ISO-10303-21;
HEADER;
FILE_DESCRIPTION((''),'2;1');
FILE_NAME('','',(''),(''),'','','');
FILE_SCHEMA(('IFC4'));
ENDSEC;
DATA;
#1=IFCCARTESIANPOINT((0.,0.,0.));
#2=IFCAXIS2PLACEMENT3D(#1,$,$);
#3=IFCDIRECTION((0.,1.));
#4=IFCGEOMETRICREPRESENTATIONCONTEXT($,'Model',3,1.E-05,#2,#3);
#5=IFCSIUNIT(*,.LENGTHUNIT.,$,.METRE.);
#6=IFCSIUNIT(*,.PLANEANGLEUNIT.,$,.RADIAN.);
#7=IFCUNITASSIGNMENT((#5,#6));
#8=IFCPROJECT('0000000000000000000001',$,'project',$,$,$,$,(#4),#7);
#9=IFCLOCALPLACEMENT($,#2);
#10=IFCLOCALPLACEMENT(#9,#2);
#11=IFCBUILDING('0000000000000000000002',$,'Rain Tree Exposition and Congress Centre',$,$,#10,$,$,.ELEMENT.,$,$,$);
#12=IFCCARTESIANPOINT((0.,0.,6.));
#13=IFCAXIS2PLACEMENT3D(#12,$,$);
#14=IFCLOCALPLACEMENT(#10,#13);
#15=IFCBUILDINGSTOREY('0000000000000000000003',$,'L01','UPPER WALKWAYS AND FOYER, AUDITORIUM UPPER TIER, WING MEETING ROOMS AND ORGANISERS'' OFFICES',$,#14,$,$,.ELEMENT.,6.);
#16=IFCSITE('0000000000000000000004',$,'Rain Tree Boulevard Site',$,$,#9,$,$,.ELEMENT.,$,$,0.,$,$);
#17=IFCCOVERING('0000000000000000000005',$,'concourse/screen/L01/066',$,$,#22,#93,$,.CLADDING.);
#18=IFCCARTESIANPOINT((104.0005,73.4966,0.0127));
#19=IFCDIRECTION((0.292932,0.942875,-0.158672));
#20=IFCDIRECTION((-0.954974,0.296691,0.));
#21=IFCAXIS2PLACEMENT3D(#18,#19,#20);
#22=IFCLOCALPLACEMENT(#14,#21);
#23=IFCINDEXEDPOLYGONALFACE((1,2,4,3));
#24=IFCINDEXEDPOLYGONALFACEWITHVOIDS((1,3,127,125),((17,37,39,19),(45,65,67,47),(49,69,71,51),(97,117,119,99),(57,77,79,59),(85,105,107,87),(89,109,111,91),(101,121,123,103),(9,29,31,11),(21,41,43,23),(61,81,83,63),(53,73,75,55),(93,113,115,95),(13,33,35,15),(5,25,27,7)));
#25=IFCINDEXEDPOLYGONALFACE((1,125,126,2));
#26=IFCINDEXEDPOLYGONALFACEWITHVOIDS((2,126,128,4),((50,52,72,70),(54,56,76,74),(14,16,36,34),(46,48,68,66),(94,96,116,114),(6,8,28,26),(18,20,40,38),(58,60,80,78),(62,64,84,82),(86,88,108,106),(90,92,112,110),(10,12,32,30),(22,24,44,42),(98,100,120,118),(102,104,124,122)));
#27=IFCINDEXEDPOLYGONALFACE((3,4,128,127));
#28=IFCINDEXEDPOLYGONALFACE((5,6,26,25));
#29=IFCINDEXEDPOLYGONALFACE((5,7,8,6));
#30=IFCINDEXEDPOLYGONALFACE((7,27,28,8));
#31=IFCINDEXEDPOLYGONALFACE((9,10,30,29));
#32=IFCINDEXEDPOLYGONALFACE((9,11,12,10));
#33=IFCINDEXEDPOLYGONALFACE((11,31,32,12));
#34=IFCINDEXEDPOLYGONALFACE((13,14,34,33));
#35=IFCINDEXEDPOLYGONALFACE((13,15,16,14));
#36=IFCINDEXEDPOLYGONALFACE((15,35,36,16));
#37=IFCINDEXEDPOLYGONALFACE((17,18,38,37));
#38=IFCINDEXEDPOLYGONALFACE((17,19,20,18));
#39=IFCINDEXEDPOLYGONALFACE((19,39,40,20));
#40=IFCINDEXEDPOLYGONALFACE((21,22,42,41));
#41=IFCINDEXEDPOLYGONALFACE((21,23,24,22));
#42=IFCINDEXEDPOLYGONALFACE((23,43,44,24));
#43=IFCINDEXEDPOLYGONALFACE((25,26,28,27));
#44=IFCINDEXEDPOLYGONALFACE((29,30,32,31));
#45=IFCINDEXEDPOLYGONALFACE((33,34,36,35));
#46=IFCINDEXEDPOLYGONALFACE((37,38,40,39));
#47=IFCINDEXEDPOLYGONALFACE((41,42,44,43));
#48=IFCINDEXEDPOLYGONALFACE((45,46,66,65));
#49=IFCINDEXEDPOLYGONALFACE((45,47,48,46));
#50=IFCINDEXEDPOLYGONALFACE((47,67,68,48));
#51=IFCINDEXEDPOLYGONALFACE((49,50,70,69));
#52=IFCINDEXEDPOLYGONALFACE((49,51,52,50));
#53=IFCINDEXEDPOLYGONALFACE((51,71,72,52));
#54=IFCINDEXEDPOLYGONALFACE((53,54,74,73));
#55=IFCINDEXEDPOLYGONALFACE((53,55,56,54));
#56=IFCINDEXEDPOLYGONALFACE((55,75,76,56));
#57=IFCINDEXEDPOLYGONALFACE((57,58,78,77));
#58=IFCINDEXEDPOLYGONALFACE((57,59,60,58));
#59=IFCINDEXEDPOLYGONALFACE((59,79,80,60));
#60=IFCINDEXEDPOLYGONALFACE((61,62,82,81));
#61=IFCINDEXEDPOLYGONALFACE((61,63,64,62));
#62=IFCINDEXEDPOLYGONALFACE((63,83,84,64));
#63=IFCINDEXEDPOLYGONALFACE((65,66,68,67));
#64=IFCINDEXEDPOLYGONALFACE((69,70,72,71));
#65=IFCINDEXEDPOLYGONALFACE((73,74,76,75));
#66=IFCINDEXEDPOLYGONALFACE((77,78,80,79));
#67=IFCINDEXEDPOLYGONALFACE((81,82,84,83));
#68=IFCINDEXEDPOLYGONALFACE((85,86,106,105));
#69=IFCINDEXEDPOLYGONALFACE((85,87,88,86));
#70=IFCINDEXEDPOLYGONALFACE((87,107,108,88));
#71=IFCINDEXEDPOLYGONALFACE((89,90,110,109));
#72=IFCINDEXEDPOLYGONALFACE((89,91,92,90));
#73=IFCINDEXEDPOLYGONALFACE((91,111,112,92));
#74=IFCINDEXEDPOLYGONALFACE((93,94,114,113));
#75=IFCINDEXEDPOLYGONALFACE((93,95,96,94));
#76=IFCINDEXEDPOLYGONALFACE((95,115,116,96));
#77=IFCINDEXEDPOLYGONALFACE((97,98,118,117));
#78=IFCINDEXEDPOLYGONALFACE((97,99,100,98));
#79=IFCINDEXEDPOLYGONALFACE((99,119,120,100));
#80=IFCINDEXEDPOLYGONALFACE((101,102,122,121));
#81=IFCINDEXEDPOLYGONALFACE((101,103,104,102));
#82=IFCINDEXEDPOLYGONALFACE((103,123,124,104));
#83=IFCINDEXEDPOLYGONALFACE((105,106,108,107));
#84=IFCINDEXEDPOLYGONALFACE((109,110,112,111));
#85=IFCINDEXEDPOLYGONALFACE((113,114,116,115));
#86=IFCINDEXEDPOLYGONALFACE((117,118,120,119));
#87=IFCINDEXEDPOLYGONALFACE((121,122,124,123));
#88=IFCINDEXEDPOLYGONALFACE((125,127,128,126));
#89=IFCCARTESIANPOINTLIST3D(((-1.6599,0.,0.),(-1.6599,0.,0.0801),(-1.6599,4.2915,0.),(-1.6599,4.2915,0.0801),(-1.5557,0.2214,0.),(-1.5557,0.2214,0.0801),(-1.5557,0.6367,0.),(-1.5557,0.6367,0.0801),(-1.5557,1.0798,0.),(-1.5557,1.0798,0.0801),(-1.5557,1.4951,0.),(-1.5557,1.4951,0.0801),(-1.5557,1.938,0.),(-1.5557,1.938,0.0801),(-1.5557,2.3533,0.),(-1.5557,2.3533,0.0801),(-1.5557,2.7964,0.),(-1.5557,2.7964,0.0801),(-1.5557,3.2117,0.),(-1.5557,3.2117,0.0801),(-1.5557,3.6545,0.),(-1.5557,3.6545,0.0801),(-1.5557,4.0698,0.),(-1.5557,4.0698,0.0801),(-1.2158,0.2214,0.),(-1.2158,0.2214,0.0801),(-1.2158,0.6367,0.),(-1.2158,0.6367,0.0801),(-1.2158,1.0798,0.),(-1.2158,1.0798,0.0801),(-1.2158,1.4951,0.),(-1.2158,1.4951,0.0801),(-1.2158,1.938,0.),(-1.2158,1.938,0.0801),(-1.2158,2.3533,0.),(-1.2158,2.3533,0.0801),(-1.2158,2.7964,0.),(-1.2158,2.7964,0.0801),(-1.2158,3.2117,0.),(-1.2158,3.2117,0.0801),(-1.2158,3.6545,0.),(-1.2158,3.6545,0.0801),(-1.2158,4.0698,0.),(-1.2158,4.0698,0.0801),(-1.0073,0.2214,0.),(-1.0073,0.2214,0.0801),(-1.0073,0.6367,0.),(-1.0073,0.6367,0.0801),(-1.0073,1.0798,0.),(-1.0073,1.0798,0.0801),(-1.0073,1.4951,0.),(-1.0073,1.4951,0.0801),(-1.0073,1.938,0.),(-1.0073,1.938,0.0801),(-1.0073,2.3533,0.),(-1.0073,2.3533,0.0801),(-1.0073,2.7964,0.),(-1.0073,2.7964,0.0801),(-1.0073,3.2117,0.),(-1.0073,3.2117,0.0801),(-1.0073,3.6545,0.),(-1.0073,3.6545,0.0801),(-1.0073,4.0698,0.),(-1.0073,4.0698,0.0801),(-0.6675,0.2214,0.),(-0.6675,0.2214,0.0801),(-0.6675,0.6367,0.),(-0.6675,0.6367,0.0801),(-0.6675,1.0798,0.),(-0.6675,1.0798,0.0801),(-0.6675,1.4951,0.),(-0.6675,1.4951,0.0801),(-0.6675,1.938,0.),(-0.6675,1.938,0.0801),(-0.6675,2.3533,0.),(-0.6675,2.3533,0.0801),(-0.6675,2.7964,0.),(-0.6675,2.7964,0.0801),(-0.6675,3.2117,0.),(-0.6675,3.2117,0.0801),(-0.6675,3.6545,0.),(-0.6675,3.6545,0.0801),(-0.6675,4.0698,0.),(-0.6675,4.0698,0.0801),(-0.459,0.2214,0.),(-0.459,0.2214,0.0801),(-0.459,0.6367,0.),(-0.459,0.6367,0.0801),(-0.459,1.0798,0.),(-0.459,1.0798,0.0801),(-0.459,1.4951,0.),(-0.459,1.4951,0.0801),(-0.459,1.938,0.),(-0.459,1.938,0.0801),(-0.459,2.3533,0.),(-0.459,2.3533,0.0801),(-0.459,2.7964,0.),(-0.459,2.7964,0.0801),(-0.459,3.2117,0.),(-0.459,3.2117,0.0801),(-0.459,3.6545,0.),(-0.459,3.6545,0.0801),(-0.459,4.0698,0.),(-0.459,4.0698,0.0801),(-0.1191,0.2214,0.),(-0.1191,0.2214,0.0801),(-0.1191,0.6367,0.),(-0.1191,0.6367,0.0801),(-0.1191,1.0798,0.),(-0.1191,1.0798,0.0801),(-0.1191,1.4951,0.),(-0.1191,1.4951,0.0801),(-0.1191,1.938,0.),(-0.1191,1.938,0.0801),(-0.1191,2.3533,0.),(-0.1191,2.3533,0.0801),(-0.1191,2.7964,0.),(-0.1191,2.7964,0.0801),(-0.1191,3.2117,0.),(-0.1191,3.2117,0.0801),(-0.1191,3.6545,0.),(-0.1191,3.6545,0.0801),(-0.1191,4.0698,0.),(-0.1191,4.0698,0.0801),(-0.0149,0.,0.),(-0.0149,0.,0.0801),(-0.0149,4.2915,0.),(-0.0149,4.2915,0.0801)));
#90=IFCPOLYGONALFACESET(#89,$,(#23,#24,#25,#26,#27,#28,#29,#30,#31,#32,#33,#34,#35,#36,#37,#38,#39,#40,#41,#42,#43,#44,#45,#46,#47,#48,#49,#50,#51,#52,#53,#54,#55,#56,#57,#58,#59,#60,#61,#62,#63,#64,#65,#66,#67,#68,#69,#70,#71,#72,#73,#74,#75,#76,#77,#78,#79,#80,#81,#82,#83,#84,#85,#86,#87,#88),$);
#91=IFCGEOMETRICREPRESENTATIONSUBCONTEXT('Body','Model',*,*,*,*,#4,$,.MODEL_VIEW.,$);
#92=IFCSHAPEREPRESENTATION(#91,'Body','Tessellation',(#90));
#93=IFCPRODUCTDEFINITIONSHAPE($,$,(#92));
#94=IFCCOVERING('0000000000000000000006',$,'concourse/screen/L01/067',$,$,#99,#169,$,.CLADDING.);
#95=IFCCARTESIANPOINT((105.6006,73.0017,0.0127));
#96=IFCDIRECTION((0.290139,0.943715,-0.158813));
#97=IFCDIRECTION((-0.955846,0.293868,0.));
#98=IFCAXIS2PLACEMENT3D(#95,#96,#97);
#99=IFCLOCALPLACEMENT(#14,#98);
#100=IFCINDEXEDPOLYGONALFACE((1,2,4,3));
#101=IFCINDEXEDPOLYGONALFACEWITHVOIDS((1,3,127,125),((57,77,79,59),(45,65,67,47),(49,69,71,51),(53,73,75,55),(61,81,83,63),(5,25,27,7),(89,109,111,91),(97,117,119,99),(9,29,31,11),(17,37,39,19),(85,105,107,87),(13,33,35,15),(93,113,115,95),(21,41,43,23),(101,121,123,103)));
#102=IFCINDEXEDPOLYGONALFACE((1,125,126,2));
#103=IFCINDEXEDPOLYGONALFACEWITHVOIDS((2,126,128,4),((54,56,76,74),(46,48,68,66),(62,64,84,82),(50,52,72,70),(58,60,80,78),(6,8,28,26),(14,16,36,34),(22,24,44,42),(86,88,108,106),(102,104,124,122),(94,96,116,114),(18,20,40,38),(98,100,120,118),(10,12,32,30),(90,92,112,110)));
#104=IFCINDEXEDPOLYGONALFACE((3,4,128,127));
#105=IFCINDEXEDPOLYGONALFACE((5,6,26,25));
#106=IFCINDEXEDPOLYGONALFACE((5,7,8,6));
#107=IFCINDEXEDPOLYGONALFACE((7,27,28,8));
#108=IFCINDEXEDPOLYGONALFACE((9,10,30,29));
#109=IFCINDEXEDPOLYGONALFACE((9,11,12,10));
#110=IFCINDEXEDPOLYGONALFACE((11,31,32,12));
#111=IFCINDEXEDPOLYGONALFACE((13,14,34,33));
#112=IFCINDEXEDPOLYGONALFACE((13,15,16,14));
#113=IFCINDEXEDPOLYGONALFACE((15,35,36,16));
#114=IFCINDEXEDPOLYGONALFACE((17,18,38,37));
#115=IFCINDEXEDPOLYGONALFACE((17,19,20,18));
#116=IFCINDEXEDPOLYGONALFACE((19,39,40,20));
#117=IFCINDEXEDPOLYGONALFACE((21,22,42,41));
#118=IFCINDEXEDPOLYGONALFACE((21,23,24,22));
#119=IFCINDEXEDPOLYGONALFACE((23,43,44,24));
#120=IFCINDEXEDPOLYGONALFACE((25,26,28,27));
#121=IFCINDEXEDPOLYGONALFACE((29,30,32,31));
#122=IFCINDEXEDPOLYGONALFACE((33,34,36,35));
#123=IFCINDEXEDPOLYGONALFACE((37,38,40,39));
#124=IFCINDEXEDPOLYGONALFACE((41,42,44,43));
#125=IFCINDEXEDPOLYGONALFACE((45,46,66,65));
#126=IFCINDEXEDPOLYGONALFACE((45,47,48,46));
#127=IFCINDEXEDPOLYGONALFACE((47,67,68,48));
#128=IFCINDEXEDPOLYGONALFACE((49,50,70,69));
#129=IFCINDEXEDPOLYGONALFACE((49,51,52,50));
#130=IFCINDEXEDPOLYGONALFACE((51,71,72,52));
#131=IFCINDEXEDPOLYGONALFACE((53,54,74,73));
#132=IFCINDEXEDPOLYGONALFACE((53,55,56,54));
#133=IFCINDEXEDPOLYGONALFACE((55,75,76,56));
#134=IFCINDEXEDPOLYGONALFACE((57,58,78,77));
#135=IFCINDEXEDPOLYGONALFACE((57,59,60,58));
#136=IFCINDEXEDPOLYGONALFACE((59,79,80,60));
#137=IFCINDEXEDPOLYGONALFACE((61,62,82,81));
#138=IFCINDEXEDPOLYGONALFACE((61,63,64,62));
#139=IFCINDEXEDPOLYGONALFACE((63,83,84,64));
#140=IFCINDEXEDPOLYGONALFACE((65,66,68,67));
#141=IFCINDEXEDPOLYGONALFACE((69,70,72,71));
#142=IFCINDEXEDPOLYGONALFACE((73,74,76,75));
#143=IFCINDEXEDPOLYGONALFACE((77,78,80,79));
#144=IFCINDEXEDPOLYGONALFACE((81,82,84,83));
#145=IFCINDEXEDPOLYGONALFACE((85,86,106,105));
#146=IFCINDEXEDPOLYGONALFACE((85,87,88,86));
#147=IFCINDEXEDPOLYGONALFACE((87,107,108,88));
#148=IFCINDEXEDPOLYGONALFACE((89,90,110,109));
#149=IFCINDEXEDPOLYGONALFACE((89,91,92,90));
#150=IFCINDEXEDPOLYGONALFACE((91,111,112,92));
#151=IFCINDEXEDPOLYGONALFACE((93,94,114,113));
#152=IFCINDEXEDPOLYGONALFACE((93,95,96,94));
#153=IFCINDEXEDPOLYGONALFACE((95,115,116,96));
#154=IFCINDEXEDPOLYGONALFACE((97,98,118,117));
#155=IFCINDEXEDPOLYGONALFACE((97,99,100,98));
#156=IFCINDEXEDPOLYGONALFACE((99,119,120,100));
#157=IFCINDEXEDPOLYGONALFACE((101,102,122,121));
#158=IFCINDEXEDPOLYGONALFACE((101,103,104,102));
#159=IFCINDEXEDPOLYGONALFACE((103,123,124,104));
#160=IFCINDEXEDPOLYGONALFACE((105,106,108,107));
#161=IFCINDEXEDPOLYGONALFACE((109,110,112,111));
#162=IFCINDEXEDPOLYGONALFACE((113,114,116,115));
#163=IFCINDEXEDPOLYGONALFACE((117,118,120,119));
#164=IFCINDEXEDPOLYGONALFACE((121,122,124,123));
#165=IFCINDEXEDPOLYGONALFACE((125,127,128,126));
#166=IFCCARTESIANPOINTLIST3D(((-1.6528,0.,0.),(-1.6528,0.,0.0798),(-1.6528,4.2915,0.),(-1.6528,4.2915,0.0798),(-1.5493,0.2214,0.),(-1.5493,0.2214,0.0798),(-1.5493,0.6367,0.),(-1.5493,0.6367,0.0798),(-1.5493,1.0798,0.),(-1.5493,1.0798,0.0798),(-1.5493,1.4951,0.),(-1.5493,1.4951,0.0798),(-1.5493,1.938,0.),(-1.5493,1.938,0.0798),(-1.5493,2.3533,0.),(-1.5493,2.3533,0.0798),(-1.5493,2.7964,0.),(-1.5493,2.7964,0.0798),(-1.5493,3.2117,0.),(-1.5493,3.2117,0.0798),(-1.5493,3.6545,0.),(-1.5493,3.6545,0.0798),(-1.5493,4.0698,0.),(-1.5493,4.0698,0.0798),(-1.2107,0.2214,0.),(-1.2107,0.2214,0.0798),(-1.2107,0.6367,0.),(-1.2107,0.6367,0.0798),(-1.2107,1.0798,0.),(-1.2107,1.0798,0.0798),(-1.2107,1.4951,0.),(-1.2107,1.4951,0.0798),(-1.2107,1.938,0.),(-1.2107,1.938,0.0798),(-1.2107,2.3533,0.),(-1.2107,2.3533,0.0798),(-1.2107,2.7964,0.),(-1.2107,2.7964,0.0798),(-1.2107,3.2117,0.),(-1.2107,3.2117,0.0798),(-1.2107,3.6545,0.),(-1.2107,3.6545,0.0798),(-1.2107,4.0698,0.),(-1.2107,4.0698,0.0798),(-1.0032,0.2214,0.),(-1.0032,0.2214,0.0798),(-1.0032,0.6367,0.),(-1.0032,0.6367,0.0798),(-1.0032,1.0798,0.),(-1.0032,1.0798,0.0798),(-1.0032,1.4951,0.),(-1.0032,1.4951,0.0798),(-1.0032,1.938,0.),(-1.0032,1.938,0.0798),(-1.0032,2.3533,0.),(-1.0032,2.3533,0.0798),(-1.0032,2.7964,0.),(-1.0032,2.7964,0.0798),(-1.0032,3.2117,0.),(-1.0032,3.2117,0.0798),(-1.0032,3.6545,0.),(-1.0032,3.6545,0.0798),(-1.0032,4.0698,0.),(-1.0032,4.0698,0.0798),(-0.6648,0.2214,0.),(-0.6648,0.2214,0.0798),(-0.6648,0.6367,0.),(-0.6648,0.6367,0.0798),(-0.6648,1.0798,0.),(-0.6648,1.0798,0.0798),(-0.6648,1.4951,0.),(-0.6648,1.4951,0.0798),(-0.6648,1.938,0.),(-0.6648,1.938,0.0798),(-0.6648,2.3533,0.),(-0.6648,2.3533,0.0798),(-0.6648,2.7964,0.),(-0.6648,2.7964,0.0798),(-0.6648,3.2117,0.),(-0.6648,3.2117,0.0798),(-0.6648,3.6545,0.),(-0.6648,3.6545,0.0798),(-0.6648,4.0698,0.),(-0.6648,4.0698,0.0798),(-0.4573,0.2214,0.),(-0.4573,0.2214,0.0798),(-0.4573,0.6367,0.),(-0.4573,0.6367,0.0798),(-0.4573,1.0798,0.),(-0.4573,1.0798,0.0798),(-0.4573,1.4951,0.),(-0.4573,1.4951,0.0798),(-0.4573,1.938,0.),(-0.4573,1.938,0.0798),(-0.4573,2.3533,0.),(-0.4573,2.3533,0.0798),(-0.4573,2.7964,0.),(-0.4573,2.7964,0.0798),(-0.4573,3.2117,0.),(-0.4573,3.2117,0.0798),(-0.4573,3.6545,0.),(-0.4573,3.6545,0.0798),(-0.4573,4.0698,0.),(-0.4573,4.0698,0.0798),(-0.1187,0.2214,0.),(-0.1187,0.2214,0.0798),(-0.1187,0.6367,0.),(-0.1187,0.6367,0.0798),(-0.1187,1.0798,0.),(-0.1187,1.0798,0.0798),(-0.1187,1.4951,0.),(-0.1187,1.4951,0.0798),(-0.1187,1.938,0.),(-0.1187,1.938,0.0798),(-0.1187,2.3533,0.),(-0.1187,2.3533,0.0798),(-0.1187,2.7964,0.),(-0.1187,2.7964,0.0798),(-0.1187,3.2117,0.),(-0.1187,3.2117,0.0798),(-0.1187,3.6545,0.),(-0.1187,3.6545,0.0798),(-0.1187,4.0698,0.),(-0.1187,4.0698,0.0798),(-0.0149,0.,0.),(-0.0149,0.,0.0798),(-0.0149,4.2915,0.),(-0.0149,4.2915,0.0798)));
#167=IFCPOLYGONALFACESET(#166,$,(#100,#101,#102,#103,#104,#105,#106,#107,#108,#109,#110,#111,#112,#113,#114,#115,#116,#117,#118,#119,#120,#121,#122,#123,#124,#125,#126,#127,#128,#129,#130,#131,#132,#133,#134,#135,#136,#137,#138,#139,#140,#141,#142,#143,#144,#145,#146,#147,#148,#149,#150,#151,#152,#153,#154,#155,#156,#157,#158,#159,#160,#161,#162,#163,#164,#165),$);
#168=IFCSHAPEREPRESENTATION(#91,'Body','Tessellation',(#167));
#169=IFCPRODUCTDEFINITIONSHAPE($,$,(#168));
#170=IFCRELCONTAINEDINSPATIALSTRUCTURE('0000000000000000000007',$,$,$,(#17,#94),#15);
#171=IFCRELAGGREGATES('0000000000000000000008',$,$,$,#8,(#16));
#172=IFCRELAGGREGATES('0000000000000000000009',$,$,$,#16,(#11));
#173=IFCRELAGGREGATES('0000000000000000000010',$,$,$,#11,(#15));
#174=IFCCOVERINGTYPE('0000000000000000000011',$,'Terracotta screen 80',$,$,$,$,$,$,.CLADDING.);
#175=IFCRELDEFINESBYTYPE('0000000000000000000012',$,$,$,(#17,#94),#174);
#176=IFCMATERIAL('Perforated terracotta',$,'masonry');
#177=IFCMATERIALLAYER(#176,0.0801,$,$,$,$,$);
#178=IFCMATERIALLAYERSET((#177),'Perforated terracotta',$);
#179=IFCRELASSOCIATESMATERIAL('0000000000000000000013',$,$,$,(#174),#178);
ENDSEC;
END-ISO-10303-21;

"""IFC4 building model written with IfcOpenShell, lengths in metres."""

from ifc_helpers import new_model, si_unit, direction, frame, origin, place, context, subcontext, project, spatial, polyline, outline, extrude, material, layer, layer_set, type_object, element, save


model = new_model("IFC4")

# Units and contexts
model_context = context("Model", 3, precision=1e-05, world=origin(), true_north=direction((0.0, 1.0)))
body_context = subcontext(model_context, "Body", "Model", "MODEL_VIEW")
ifc_project = project(units=[si_unit("LENGTHUNIT", "METRE"), si_unit("PLANEANGLEUNIT", "RADIAN")], contexts=[model_context])

# Site, building, storey
site_placement = place(None, origin())
site = spatial("IfcSite", under=ifc_project, at=site_placement, Name="Rain Tree Boulevard Site", CompositionType="ELEMENT", RefElevation=0.0)
building_placement = place(site_placement, origin())
building = spatial("IfcBuilding", under=site, at=building_placement, Name="Rain Tree Exposition and Congress Centre", CompositionType="ELEMENT")
storey_placement = place(building_placement, frame((0.0, 0.0, 6.0)))
storey = spatial("IfcBuildingStorey", under=building, at=storey_placement, Name="L01", Description="UPPER WALKWAYS AND FOYER, AUDITORIUM UPPER TIER, WING MEETING ROOMS AND ORGANISERS' OFFICES", CompositionType="ELEMENT", Elevation=6.0)

# Coverings
ifc_material_1 = material(Name="Perforated terracotta", Category="masonry")
ifc_layer = layer(ifc_material_1, 0.0801)
ifc_layer_set = layer_set([ifc_layer], Name="Perforated terracotta")
covering_type = type_object("IfcCoveringType", Name="Terracotta screen 80", PredefinedType="CLADDING", material=ifc_layer_set)
covering_1_placement = place(storey_placement, frame((104.0005, 73.4966, 0.0127), z_axis=(0.292932, 0.942875, -0.158672), x_axis=(-0.954974, 0.296691, 0.0)))
element("IfcCovering", 1, at=covering_1_placement, inside=storey, type_object=covering_type, Name="concourse/screen/L01/066", PredefinedType="CLADDING", context=body_context, shape_type="SweptSolid", body=[
    extrude(outline(polyline([(-1.6599, 0.0), (-1.6599, 4.2915), (-0.0149, 4.2915), (-0.0149, 0.0), (-1.6599, 0.0)]), holes=[polyline([(-0.1191, 0.2214), (-0.1191, 0.6367), (-0.459, 0.6367), (-0.459, 0.2214), (-0.1191, 0.2214)]), polyline([(-0.1191, 1.0798), (-0.1191, 1.4951), (-0.459, 1.4951), (-0.459, 1.0798), (-0.1191, 1.0798)]), polyline([(-0.1191, 1.938), (-0.1191, 2.3533), (-0.459, 2.3533), (-0.459, 1.938), (-0.1191, 1.938)]), polyline([(-0.1191, 2.7964), (-0.1191, 3.2117), (-0.459, 3.2117), (-0.459, 2.7964), (-0.1191, 2.7964)]), polyline([(-0.1191, 3.6545), (-0.1191, 4.0698), (-0.459, 4.0698), (-0.459, 3.6545), (-0.1191, 3.6545)]), polyline([(-0.6675, 0.2214), (-0.6675, 0.6367), (-1.0073, 0.6367), (-1.0073, 0.2214), (-0.6675, 0.2214)]), polyline([(-0.6675, 1.0798), (-0.6675, 1.4951), (-1.0073, 1.4951), (-1.0073, 1.0798), (-0.6675, 1.0798)]), polyline([(-0.6675, 1.938), (-0.6675, 2.3533), (-1.0073, 2.3533), (-1.0073, 1.938), (-0.6675, 1.938)]), polyline([(-0.6675, 2.7964), (-0.6675, 3.2117), (-1.0073, 3.2117), (-1.0073, 2.7964), (-0.6675, 2.7964)]), polyline([(-0.6675, 3.6545), (-0.6675, 4.0698), (-1.0073, 4.0698), (-1.0073, 3.6545), (-0.6675, 3.6545)]), polyline([(-1.2158, 0.2214), (-1.2158, 0.6367), (-1.5557, 0.6367), (-1.5557, 0.2214), (-1.2158, 0.2214)]), polyline([(-1.2158, 1.0798), (-1.2158, 1.4951), (-1.5557, 1.4951), (-1.5557, 1.0798), (-1.2158, 1.0798)]), polyline([(-1.2158, 1.938), (-1.2158, 2.3533), (-1.5557, 2.3533), (-1.5557, 1.938), (-1.2158, 1.938)]), polyline([(-1.2158, 2.7964), (-1.2158, 3.2117), (-1.5557, 3.2117), (-1.5557, 2.7964), (-1.2158, 2.7964)]), polyline([(-1.2158, 3.6545), (-1.2158, 4.0698), (-1.5557, 4.0698), (-1.5557, 3.6545), (-1.2158, 3.6545)])]), origin(), (0.0, 0.0, 1.0), 0.0801),
])
covering_2_placement = place(storey_placement, frame((105.6006, 73.0017, 0.0127), z_axis=(0.290139, 0.943715, -0.158813), x_axis=(-0.955846, 0.293868, 0.0)))
element("IfcCovering", 2, at=covering_2_placement, inside=storey, type_object=covering_type, Name="concourse/screen/L01/067", PredefinedType="CLADDING", context=body_context, shape_type="SweptSolid", body=[
    extrude(outline(polyline([(-1.6528, 0.0), (-1.6528, 4.2915), (-0.0149, 4.2915), (-0.0149, 0.0), (-1.6528, 0.0)]), holes=[polyline([(-0.1187, 0.2214), (-0.1187, 0.6367), (-0.4573, 0.6367), (-0.4573, 0.2214), (-0.1187, 0.2214)]), polyline([(-0.1187, 1.0798), (-0.1187, 1.4951), (-0.4573, 1.4951), (-0.4573, 1.0798), (-0.1187, 1.0798)]), polyline([(-0.1187, 1.938), (-0.1187, 2.3533), (-0.4573, 2.3533), (-0.4573, 1.938), (-0.1187, 1.938)]), polyline([(-0.1187, 2.7964), (-0.1187, 3.2117), (-0.4573, 3.2117), (-0.4573, 2.7964), (-0.1187, 2.7964)]), polyline([(-0.1187, 3.6545), (-0.1187, 4.0698), (-0.4573, 4.0698), (-0.4573, 3.6545), (-0.1187, 3.6545)]), polyline([(-0.6648, 0.2214), (-0.6648, 0.6367), (-1.0032, 0.6367), (-1.0032, 0.2214), (-0.6648, 0.2214)]), polyline([(-0.6648, 1.0798), (-0.6648, 1.4951), (-1.0032, 1.4951), (-1.0032, 1.0798), (-0.6648, 1.0798)]), polyline([(-0.6648, 1.938), (-0.6648, 2.3533), (-1.0032, 2.3533), (-1.0032, 1.938), (-0.6648, 1.938)]), polyline([(-0.6648, 2.7964), (-0.6648, 3.2117), (-1.0032, 3.2117), (-1.0032, 2.7964), (-0.6648, 2.7964)]), polyline([(-0.6648, 3.6545), (-0.6648, 4.0698), (-1.0032, 4.0698), (-1.0032, 3.6545), (-0.6648, 3.6545)]), polyline([(-1.2107, 0.2214), (-1.2107, 0.6367), (-1.5493, 0.6367), (-1.5493, 0.2214), (-1.2107, 0.2214)]), polyline([(-1.2107, 1.0798), (-1.2107, 1.4951), (-1.5493, 1.4951), (-1.5493, 1.0798), (-1.2107, 1.0798)]), polyline([(-1.2107, 1.938), (-1.2107, 2.3533), (-1.5493, 2.3533), (-1.5493, 1.938), (-1.2107, 1.938)]), polyline([(-1.2107, 2.7964), (-1.2107, 3.2117), (-1.5493, 3.2117), (-1.5493, 2.7964), (-1.2107, 2.7964)]), polyline([(-1.2107, 3.6545), (-1.2107, 4.0698), (-1.5493, 4.0698), (-1.5493, 3.6545), (-1.2107, 3.6545)])]), origin(), (0.0, 0.0, 1.0), 0.0798),
])

save(model, "model.ifc")
